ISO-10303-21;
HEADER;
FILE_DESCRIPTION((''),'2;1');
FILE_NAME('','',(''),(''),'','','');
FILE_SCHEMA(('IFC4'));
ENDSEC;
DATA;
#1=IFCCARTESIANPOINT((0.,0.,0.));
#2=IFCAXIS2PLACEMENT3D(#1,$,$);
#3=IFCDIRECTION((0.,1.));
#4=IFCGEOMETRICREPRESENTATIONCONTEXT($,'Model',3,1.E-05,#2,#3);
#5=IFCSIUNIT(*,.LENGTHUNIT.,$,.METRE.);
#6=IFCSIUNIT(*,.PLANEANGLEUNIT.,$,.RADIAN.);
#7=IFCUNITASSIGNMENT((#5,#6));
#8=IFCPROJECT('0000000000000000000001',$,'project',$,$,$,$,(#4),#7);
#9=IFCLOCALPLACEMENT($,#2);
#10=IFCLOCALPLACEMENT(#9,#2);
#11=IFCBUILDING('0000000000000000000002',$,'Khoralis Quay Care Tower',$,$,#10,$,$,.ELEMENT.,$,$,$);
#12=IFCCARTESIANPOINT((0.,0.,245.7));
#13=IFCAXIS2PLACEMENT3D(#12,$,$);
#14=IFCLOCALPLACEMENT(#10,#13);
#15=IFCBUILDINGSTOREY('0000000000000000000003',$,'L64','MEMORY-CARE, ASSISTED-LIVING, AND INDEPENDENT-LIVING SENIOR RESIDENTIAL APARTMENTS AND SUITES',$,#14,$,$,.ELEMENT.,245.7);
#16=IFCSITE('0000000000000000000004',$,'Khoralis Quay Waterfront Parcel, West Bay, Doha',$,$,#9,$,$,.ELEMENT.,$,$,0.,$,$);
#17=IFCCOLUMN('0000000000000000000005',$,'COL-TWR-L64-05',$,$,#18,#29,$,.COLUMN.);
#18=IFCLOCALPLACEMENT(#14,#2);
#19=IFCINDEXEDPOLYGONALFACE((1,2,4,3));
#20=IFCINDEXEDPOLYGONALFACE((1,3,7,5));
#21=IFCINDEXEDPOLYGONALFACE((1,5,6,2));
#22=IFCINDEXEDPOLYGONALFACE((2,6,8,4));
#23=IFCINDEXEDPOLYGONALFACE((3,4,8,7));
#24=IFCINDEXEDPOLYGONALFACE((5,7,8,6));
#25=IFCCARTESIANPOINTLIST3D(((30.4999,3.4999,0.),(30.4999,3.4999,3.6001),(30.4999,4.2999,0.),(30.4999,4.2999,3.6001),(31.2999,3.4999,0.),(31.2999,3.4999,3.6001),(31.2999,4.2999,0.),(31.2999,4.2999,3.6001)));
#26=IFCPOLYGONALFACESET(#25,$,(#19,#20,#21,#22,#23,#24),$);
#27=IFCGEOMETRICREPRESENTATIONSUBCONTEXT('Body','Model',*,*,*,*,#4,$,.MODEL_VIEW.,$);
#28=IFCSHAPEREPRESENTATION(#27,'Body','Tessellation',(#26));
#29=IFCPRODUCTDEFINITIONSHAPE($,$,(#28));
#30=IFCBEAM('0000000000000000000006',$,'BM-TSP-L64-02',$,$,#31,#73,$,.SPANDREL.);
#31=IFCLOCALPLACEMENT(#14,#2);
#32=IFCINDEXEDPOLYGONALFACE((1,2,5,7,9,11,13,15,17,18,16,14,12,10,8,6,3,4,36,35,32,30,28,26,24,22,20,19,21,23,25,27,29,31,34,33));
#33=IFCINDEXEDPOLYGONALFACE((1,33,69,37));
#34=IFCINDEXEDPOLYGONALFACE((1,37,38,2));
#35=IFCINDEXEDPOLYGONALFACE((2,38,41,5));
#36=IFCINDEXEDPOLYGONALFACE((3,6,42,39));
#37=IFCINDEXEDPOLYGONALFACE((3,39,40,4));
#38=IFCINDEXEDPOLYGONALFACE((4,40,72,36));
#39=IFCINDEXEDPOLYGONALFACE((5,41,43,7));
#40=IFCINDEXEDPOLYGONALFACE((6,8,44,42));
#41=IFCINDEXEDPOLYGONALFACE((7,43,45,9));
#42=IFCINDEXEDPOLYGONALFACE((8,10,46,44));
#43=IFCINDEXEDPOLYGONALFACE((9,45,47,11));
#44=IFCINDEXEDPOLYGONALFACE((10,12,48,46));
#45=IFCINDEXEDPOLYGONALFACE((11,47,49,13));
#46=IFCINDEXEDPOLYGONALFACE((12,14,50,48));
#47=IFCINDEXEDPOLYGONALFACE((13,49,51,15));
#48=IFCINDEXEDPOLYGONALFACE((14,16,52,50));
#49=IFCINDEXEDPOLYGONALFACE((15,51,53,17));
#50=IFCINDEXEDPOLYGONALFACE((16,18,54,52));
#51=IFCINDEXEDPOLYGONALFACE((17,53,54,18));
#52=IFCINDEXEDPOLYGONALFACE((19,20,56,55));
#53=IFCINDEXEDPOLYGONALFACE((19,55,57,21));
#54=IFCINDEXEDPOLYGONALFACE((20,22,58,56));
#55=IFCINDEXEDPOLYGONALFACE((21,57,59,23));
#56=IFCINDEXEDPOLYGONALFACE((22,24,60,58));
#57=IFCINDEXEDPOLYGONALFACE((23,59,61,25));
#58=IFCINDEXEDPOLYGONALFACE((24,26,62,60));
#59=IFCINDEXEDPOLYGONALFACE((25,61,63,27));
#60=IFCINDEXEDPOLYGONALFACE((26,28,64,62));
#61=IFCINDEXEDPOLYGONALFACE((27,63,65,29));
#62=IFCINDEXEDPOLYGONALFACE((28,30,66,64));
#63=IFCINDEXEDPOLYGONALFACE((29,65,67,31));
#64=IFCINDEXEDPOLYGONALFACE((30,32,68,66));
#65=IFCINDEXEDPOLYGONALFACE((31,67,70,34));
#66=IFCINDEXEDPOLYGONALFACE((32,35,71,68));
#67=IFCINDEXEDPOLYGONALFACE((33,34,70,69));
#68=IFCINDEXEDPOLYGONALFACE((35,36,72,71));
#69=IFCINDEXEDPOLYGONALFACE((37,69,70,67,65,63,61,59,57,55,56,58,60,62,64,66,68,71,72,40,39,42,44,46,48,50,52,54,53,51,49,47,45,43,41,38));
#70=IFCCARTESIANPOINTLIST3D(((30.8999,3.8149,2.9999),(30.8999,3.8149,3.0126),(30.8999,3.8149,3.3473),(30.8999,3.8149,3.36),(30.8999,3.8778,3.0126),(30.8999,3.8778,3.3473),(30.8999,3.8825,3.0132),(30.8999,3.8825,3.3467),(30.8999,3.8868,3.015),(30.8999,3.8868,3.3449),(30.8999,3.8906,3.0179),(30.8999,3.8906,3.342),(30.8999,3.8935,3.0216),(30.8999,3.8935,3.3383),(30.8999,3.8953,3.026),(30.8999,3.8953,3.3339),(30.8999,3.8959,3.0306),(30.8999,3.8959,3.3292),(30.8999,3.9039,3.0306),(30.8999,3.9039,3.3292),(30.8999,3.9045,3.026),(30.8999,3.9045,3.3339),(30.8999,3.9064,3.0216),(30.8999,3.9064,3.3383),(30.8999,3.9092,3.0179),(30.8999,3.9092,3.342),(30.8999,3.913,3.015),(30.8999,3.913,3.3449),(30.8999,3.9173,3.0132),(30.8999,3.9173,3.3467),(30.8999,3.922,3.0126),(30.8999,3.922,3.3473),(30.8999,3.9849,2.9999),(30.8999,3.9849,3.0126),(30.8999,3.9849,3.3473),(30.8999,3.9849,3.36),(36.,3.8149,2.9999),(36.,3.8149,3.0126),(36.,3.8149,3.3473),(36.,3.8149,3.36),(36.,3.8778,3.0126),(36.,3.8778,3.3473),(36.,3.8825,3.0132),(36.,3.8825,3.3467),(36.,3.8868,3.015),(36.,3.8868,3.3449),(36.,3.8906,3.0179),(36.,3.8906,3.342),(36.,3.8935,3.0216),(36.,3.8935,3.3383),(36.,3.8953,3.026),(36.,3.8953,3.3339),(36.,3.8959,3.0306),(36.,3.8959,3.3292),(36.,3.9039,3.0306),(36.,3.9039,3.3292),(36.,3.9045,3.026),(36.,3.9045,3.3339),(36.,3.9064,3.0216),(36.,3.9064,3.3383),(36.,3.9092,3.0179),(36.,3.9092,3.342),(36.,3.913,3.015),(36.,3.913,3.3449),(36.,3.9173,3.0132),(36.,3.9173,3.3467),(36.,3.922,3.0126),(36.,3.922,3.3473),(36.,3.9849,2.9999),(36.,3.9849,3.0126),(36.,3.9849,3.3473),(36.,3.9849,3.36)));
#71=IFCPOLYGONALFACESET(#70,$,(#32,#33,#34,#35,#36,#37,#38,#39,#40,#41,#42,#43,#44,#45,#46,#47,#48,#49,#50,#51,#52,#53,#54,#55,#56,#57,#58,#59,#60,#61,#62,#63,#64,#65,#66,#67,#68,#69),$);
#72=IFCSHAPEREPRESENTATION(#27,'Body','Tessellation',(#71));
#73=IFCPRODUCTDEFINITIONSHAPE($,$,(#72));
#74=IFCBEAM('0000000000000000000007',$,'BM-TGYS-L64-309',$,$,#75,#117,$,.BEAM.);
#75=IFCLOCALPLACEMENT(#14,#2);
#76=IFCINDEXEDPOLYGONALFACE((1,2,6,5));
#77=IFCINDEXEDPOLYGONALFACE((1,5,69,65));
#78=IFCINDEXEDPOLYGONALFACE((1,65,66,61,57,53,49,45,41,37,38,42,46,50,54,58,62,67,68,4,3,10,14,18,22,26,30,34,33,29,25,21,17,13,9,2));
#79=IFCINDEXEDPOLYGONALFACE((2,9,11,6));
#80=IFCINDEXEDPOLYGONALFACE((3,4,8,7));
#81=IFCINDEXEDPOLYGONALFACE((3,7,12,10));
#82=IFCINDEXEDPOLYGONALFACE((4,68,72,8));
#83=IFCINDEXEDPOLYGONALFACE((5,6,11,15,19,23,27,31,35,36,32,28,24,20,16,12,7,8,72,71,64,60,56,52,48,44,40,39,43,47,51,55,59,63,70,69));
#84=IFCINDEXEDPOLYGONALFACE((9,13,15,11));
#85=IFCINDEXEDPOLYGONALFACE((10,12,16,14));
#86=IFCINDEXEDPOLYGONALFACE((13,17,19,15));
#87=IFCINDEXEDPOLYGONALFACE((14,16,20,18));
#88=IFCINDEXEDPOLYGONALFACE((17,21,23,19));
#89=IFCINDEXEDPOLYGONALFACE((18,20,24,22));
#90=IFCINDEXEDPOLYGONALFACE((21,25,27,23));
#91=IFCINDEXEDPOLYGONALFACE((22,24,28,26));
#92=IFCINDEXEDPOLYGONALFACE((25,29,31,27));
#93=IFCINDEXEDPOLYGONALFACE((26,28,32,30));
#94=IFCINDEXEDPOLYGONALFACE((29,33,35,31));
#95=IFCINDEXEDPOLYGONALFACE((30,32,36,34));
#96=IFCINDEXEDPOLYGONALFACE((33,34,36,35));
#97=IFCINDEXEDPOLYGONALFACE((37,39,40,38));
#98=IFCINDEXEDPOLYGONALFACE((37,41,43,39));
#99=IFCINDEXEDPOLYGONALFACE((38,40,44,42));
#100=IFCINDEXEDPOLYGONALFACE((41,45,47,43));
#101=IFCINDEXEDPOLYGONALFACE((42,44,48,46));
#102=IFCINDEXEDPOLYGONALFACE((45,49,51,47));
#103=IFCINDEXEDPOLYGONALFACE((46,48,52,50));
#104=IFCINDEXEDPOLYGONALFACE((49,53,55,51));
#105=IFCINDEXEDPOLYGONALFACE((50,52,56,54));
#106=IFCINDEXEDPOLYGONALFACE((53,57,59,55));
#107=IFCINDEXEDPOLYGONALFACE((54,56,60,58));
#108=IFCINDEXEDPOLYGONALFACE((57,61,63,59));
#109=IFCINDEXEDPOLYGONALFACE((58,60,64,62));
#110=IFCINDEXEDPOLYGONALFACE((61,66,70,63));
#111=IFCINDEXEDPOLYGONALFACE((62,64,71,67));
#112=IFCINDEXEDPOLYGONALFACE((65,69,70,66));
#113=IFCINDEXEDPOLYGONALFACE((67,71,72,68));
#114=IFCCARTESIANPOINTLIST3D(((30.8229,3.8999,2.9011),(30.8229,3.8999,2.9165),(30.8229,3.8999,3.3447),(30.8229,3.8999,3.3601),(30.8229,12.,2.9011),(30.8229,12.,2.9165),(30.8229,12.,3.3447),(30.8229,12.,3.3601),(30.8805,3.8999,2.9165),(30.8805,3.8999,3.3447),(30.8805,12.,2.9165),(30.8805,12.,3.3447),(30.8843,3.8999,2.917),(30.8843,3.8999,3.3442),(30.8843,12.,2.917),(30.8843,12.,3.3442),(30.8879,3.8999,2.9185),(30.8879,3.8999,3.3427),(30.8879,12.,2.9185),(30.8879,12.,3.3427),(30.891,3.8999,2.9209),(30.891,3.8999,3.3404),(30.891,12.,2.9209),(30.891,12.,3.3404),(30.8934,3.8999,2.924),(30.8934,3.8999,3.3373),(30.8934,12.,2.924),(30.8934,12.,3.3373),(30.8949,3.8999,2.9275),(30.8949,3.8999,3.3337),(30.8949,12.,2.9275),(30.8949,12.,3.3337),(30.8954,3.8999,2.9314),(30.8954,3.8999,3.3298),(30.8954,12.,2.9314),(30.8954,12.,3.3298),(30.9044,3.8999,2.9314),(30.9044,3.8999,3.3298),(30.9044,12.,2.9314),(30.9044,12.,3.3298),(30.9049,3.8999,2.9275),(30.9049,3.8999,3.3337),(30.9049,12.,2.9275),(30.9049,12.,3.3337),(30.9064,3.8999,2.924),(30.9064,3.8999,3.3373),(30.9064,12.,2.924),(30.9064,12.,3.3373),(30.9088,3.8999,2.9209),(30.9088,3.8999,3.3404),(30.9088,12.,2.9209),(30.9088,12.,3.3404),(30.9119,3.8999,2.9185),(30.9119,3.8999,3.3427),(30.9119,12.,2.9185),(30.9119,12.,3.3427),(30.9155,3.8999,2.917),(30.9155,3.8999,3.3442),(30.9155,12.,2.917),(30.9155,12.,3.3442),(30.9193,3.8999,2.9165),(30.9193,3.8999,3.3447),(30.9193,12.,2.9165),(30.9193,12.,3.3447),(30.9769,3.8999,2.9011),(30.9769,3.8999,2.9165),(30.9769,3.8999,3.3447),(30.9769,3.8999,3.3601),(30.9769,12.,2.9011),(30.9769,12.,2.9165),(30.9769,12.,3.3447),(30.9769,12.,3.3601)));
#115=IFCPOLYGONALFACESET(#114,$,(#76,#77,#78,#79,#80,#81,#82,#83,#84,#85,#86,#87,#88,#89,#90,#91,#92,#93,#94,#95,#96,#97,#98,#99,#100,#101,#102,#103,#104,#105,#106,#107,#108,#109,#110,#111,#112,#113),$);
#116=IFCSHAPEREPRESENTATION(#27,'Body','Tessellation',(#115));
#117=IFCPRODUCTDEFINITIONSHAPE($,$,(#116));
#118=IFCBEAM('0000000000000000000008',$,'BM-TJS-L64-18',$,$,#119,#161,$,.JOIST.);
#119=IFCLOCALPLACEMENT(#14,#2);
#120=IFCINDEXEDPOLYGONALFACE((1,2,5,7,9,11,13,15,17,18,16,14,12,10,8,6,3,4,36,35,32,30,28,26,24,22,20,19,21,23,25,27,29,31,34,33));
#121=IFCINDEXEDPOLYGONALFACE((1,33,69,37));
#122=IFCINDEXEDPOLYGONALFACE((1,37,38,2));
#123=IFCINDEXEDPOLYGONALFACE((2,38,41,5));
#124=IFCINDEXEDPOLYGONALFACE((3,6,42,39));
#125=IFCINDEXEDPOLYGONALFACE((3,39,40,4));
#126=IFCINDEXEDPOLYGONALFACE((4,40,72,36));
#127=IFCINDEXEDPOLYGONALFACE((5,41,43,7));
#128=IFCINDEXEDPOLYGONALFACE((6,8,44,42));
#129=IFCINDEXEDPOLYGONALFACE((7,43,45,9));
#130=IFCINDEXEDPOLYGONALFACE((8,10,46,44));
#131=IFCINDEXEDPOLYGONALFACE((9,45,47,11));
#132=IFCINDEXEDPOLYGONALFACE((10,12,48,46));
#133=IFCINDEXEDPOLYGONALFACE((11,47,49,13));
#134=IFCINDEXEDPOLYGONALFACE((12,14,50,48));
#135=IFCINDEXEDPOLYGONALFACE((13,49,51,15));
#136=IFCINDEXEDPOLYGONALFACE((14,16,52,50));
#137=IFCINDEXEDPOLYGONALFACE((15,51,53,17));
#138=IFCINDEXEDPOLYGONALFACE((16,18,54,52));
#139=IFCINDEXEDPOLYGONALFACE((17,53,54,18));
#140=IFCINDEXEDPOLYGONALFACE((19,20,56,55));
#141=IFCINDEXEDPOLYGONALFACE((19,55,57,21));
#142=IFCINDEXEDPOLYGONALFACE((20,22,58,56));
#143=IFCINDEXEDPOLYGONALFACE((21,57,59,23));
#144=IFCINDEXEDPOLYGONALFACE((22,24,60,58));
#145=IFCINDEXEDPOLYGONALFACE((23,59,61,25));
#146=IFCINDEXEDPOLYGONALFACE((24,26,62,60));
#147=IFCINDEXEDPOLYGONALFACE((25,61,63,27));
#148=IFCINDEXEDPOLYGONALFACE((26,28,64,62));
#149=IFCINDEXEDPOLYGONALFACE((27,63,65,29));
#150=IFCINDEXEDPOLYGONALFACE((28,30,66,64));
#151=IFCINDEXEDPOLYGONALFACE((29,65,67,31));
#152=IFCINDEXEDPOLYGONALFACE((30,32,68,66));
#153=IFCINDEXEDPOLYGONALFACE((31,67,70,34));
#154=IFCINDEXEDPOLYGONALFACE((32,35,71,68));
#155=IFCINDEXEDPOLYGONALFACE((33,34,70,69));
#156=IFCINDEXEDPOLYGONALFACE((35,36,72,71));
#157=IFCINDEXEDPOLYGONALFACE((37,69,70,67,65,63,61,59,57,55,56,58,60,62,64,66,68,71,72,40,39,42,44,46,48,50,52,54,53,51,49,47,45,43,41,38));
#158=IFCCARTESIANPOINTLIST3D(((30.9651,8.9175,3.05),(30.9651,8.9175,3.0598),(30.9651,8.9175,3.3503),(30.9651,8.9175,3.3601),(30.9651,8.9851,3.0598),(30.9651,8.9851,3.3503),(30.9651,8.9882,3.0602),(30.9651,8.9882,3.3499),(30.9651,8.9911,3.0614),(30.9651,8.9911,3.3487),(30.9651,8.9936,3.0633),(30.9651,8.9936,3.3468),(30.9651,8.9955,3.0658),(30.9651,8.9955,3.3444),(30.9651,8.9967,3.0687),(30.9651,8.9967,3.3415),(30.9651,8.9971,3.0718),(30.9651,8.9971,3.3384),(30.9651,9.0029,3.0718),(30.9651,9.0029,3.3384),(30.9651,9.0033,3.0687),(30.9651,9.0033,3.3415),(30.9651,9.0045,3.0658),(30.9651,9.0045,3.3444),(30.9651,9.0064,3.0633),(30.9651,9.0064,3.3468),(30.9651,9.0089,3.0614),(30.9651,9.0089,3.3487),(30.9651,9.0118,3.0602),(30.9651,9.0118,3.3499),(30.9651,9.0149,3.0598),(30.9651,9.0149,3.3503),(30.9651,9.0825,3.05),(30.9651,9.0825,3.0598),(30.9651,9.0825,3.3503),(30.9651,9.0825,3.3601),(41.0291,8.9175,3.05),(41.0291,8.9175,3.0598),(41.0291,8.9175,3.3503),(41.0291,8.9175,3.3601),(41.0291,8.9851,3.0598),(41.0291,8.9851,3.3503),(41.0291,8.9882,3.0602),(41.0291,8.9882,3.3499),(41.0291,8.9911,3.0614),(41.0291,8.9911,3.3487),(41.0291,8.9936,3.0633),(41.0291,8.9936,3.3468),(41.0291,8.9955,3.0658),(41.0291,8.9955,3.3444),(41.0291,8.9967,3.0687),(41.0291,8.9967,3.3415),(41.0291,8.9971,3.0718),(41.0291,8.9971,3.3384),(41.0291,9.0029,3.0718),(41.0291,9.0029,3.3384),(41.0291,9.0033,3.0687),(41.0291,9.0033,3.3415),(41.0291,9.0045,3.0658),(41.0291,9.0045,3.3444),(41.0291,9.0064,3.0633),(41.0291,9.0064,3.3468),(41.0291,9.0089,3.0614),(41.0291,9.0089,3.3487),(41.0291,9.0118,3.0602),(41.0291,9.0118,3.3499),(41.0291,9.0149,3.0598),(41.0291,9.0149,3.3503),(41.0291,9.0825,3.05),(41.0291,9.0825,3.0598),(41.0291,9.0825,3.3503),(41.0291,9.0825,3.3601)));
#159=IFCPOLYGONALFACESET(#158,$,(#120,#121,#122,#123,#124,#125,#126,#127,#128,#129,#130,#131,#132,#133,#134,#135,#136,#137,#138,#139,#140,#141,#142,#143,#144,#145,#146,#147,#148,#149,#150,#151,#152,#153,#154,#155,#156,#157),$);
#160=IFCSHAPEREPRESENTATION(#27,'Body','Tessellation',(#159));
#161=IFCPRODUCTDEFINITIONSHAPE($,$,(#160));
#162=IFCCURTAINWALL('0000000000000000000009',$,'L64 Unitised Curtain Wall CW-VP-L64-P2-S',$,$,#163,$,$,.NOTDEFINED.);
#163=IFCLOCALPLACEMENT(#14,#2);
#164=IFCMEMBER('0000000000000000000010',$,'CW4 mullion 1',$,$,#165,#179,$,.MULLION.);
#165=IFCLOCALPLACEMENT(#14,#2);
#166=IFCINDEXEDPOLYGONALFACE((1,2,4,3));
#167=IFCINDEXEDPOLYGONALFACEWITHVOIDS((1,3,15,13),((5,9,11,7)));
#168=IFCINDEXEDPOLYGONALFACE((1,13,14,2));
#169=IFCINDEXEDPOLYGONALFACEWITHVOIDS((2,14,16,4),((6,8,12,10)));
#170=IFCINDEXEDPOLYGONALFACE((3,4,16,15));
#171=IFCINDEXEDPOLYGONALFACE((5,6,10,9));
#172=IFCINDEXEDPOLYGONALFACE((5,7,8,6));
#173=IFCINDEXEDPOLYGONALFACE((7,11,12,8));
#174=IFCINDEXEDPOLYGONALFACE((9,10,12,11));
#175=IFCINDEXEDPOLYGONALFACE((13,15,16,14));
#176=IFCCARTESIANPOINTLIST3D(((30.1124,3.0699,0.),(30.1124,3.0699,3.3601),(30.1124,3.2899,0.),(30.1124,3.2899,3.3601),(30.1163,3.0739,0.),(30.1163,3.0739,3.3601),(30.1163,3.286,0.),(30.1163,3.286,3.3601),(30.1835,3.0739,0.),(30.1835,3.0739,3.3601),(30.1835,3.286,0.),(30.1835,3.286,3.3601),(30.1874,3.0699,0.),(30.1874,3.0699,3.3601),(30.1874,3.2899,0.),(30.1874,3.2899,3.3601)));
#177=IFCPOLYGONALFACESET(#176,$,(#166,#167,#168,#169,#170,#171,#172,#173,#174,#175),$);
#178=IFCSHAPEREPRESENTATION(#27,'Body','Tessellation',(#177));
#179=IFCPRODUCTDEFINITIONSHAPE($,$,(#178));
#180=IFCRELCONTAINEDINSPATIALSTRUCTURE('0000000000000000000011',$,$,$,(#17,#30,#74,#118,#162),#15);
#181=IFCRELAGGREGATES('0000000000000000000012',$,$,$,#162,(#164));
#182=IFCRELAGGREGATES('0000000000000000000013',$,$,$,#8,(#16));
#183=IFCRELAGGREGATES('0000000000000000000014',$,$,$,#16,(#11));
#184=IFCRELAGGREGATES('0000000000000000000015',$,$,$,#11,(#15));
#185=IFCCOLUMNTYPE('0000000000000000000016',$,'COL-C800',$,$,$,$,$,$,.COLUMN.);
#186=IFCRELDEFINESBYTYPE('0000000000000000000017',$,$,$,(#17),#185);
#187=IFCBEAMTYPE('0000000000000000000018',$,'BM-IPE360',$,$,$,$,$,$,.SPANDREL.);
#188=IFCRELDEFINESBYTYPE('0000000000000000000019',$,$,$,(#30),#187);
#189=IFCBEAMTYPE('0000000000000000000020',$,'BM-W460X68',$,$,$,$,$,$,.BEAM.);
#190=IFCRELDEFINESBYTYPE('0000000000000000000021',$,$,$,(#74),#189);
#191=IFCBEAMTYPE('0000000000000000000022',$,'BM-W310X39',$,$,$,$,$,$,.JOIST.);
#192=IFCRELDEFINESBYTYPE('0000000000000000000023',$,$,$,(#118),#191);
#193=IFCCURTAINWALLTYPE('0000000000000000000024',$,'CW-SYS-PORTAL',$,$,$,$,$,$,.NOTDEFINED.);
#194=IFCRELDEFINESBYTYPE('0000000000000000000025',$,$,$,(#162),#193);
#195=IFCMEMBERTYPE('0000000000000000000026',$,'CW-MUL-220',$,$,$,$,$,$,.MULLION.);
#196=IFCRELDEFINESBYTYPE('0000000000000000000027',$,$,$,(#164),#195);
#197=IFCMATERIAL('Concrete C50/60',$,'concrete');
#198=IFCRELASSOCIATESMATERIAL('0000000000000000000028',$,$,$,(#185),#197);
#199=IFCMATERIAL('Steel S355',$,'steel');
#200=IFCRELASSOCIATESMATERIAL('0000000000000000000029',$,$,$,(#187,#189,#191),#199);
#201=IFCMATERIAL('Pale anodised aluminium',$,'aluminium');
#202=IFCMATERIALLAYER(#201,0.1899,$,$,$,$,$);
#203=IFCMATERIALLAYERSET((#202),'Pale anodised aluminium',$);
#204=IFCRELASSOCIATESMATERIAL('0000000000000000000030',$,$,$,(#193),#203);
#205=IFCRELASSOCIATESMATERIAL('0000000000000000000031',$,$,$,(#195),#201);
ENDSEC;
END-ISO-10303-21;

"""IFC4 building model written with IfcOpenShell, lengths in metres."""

from ifc_helpers import new_model, si_unit, direction, frame, origin, origin_2d, place, context, subcontext, project, spatial, rectangle, hollow_rectangle, i_section, extrude, source, transform, mapped, material, layer, layer_set, material_profile, profile_set, type_object, element, aggregate, save


model = new_model("IFC4")

# Units and contexts
model_context = context("Model", 3, precision=1e-05, world=origin(), true_north=direction((0.0, 1.0)))
body_context = subcontext(model_context, "Body", "Model", "MODEL_VIEW")
ifc_project = project(units=[si_unit("LENGTHUNIT", "METRE"), si_unit("PLANEANGLEUNIT", "RADIAN")], contexts=[model_context])

# Site, building, storey
site_placement = place(None, origin())
site = spatial("IfcSite", under=ifc_project, at=site_placement, Name="Khoralis Quay Waterfront Parcel, West Bay, Doha", CompositionType="ELEMENT", RefElevation=0.0)
building_placement = place(site_placement, origin())
building = spatial("IfcBuilding", under=site, at=building_placement, Name="Khoralis Quay Care Tower", CompositionType="ELEMENT")
storey_placement = place(building_placement, frame((0.0, 0.0, 245.7)))
storey = spatial("IfcBuildingStorey", under=building, at=storey_placement, Name="L64", Description="MEMORY-CARE, ASSISTED-LIVING, AND INDEPENDENT-LIVING SENIOR RESIDENTIAL APARTMENTS AND SUITES", CompositionType="ELEMENT", Elevation=245.7)

# Column
ifc_material_1 = material(Name="Concrete C50/60", Category="concrete")
ifc_material_profile_1 = material_profile(ifc_material_1, rectangle(XDim=0.8, YDim=0.8, at=origin_2d()), Name="Concrete C50/60")
ifc_profile_set_1 = profile_set([ifc_material_profile_1], Name="Concrete C50/60")
column_type = type_object("IfcColumnType", Name="COL-C800", PredefinedType="COLUMN", material=ifc_profile_set_1)
shared_shape_1 = source(origin(), body_context, "Body", "SweptSolid", [
    extrude(rectangle(XDim=0.8, YDim=0.8, at=origin_2d()), origin(), (0.0, 0.0, 1.0), 3.6001),
])
column_placement = place(storey_placement, frame((30.8999, 3.8999, 0.0), z_axis=(0.0, 0.0, 1.0), x_axis=(1.0, 0.0, 0.0)))
element("IfcColumn", 1, at=column_placement, inside=storey, type_object=column_type, Name="COL-TWR-L64-05", PredefinedType="COLUMN", context=body_context, shape_type="MappedRepresentation", body=[
    mapped(shared_shape_1, transform((0.0, 0.0, 0.0), scale=1.0)),
])

# Beams
ifc_material_2 = material(Name="Steel S355", Category="steel")
ifc_material_profile_2 = material_profile(ifc_material_2, i_section(OverallWidth=0.1699, OverallDepth=0.3601, WebThickness=0.0081, FlangeThickness=0.0127, FilletRadius=0.0181, at=origin_2d()), Name="Steel S355")
ifc_profile_set_2 = profile_set([ifc_material_profile_2], Name="Steel S355")
beam_type_1 = type_object("IfcBeamType", Name="BM-IPE360", PredefinedType="SPANDREL", material=ifc_profile_set_2)
shared_shape_2 = source(origin(), body_context, "Body", "SweptSolid", [
    extrude(i_section(OverallWidth=0.1699, OverallDepth=0.3601, WebThickness=0.0081, FlangeThickness=0.0127, FilletRadius=0.0181, at=origin_2d()), origin(), (0.0, 0.0, 1.0), 5.1001),
])
beam_1_placement = place(storey_placement, frame((30.8999, 3.8999, 3.1799), z_axis=(1.0, 0.0, 0.0), x_axis=(0.0, 1.0, 0.0)))
element("IfcBeam", 2, at=beam_1_placement, inside=storey, type_object=beam_type_1, Name="BM-TSP-L64-02", PredefinedType="SPANDREL", context=body_context, shape_type="MappedRepresentation", body=[
    mapped(shared_shape_2, transform((0.0, 0.0, 0.0), scale=1.0)),
])
ifc_material_profile_3 = material_profile(ifc_material_2, i_section(OverallWidth=0.1541, OverallDepth=0.459, WebThickness=0.009, FlangeThickness=0.0154, FilletRadius=0.0149, at=origin_2d()), Name="Steel S355")
ifc_profile_set_3 = profile_set([ifc_material_profile_3], Name="Steel S355")
beam_type_2 = type_object("IfcBeamType", Name="BM-W460X68", PredefinedType="BEAM", material=ifc_profile_set_3)
shared_shape_3 = source(origin(), body_context, "Body", "SweptSolid", [
    extrude(i_section(OverallWidth=0.1541, OverallDepth=0.459, WebThickness=0.009, FlangeThickness=0.0154, FilletRadius=0.0149, at=origin_2d()), origin(), (0.0, 0.0, 1.0), 8.1001),
])
beam_2_placement = place(storey_placement, frame((30.8999, 3.8999, 3.1306), z_axis=(0.0, 1.0, 0.0), x_axis=(-1.0, 0.0, 0.0)))
element("IfcBeam", 3, at=beam_2_placement, inside=storey, type_object=beam_type_2, Name="BM-TGYS-L64-309", PredefinedType="BEAM", context=body_context, shape_type="MappedRepresentation", body=[
    mapped(shared_shape_3, transform((0.0, 0.0, 0.0), scale=1.0)),
])
ifc_material_profile_4 = material_profile(ifc_material_2, i_section(OverallWidth=0.165, OverallDepth=0.3101, WebThickness=0.0059, FlangeThickness=0.0098, FilletRadius=0.012, at=origin_2d()), Name="Steel S355")
ifc_profile_set_4 = profile_set([ifc_material_profile_4], Name="Steel S355")
beam_type_3 = type_object("IfcBeamType", Name="BM-W310X39", PredefinedType="JOIST", material=ifc_profile_set_4)
shared_shape_4 = source(origin(), body_context, "Body", "SweptSolid", [
    extrude(i_section(OverallWidth=0.165, OverallDepth=0.3101, WebThickness=0.0059, FlangeThickness=0.0098, FilletRadius=0.012, at=origin_2d()), origin(), (0.0, 0.0, 1.0), 10.064),
])
beam_3_placement = place(storey_placement, frame((30.9651, 9.0, 3.2051), z_axis=(1.0, 0.0, 0.0), x_axis=(0.0, 1.0, 0.0)))
element("IfcBeam", 4, at=beam_3_placement, inside=storey, type_object=beam_type_3, Name="BM-TJS-L64-18", PredefinedType="JOIST", context=body_context, shape_type="MappedRepresentation", body=[
    mapped(shared_shape_4, transform((0.0, 0.0, 0.0), scale=1.0)),
])

# Curtain wall, member
ifc_material_3 = material(Name="Pale anodised aluminium", Category="aluminium")
ifc_layer_1 = layer(ifc_material_3, 0.1899)
ifc_layer_set_1 = layer_set([ifc_layer_1], Name="Pale anodised aluminium")
curtain_wall_type = type_object("IfcCurtainWallType", Name="CW-SYS-PORTAL", PredefinedType="NOTDEFINED", material=ifc_layer_set_1)
curtain_wall_placement = place(storey_placement, origin())
curtain_wall = element("IfcCurtainWall", 5, at=curtain_wall_placement, inside=storey, type_object=curtain_wall_type, Name="L64 Unitised Curtain Wall CW-VP-L64-P2-S", PredefinedType="NOTDEFINED")
ifc_material_profile_5 = material_profile(ifc_material_3, hollow_rectangle(XDim=0.075, YDim=0.22, WallThickness=0.0039, at=origin_2d()), Name="Pale anodised aluminium")
ifc_profile_set_5 = profile_set([ifc_material_profile_5], Name="Pale anodised aluminium")
member_type_1 = type_object("IfcMemberType", Name="CW-MUL-220", PredefinedType="MULLION", material=ifc_profile_set_5)
shared_shape_5 = source(origin(), body_context, "Body", "SweptSolid", [
    extrude(hollow_rectangle(XDim=0.075, YDim=0.22, WallThickness=0.0039, at=origin_2d()), origin(), (0.0, 0.0, 1.0), 3.3601),
])
member_1_placement = place(storey_placement, frame((30.1499, 3.1799, 0.0), z_axis=(0.0, 0.0, 1.0), x_axis=(-1.0, 0.0, 0.0)))
member_1 = element("IfcMember", 6, at=member_1_placement, type_object=member_type_1, Name="CW4 mullion 1", PredefinedType="MULLION", context=body_context, shape_type="MappedRepresentation", body=[
    mapped(shared_shape_5, transform((0.0, 0.0, 0.0), scale=1.0)),
])
aggregate(curtain_wall, [member_1])

save(model, "model.ifc")
